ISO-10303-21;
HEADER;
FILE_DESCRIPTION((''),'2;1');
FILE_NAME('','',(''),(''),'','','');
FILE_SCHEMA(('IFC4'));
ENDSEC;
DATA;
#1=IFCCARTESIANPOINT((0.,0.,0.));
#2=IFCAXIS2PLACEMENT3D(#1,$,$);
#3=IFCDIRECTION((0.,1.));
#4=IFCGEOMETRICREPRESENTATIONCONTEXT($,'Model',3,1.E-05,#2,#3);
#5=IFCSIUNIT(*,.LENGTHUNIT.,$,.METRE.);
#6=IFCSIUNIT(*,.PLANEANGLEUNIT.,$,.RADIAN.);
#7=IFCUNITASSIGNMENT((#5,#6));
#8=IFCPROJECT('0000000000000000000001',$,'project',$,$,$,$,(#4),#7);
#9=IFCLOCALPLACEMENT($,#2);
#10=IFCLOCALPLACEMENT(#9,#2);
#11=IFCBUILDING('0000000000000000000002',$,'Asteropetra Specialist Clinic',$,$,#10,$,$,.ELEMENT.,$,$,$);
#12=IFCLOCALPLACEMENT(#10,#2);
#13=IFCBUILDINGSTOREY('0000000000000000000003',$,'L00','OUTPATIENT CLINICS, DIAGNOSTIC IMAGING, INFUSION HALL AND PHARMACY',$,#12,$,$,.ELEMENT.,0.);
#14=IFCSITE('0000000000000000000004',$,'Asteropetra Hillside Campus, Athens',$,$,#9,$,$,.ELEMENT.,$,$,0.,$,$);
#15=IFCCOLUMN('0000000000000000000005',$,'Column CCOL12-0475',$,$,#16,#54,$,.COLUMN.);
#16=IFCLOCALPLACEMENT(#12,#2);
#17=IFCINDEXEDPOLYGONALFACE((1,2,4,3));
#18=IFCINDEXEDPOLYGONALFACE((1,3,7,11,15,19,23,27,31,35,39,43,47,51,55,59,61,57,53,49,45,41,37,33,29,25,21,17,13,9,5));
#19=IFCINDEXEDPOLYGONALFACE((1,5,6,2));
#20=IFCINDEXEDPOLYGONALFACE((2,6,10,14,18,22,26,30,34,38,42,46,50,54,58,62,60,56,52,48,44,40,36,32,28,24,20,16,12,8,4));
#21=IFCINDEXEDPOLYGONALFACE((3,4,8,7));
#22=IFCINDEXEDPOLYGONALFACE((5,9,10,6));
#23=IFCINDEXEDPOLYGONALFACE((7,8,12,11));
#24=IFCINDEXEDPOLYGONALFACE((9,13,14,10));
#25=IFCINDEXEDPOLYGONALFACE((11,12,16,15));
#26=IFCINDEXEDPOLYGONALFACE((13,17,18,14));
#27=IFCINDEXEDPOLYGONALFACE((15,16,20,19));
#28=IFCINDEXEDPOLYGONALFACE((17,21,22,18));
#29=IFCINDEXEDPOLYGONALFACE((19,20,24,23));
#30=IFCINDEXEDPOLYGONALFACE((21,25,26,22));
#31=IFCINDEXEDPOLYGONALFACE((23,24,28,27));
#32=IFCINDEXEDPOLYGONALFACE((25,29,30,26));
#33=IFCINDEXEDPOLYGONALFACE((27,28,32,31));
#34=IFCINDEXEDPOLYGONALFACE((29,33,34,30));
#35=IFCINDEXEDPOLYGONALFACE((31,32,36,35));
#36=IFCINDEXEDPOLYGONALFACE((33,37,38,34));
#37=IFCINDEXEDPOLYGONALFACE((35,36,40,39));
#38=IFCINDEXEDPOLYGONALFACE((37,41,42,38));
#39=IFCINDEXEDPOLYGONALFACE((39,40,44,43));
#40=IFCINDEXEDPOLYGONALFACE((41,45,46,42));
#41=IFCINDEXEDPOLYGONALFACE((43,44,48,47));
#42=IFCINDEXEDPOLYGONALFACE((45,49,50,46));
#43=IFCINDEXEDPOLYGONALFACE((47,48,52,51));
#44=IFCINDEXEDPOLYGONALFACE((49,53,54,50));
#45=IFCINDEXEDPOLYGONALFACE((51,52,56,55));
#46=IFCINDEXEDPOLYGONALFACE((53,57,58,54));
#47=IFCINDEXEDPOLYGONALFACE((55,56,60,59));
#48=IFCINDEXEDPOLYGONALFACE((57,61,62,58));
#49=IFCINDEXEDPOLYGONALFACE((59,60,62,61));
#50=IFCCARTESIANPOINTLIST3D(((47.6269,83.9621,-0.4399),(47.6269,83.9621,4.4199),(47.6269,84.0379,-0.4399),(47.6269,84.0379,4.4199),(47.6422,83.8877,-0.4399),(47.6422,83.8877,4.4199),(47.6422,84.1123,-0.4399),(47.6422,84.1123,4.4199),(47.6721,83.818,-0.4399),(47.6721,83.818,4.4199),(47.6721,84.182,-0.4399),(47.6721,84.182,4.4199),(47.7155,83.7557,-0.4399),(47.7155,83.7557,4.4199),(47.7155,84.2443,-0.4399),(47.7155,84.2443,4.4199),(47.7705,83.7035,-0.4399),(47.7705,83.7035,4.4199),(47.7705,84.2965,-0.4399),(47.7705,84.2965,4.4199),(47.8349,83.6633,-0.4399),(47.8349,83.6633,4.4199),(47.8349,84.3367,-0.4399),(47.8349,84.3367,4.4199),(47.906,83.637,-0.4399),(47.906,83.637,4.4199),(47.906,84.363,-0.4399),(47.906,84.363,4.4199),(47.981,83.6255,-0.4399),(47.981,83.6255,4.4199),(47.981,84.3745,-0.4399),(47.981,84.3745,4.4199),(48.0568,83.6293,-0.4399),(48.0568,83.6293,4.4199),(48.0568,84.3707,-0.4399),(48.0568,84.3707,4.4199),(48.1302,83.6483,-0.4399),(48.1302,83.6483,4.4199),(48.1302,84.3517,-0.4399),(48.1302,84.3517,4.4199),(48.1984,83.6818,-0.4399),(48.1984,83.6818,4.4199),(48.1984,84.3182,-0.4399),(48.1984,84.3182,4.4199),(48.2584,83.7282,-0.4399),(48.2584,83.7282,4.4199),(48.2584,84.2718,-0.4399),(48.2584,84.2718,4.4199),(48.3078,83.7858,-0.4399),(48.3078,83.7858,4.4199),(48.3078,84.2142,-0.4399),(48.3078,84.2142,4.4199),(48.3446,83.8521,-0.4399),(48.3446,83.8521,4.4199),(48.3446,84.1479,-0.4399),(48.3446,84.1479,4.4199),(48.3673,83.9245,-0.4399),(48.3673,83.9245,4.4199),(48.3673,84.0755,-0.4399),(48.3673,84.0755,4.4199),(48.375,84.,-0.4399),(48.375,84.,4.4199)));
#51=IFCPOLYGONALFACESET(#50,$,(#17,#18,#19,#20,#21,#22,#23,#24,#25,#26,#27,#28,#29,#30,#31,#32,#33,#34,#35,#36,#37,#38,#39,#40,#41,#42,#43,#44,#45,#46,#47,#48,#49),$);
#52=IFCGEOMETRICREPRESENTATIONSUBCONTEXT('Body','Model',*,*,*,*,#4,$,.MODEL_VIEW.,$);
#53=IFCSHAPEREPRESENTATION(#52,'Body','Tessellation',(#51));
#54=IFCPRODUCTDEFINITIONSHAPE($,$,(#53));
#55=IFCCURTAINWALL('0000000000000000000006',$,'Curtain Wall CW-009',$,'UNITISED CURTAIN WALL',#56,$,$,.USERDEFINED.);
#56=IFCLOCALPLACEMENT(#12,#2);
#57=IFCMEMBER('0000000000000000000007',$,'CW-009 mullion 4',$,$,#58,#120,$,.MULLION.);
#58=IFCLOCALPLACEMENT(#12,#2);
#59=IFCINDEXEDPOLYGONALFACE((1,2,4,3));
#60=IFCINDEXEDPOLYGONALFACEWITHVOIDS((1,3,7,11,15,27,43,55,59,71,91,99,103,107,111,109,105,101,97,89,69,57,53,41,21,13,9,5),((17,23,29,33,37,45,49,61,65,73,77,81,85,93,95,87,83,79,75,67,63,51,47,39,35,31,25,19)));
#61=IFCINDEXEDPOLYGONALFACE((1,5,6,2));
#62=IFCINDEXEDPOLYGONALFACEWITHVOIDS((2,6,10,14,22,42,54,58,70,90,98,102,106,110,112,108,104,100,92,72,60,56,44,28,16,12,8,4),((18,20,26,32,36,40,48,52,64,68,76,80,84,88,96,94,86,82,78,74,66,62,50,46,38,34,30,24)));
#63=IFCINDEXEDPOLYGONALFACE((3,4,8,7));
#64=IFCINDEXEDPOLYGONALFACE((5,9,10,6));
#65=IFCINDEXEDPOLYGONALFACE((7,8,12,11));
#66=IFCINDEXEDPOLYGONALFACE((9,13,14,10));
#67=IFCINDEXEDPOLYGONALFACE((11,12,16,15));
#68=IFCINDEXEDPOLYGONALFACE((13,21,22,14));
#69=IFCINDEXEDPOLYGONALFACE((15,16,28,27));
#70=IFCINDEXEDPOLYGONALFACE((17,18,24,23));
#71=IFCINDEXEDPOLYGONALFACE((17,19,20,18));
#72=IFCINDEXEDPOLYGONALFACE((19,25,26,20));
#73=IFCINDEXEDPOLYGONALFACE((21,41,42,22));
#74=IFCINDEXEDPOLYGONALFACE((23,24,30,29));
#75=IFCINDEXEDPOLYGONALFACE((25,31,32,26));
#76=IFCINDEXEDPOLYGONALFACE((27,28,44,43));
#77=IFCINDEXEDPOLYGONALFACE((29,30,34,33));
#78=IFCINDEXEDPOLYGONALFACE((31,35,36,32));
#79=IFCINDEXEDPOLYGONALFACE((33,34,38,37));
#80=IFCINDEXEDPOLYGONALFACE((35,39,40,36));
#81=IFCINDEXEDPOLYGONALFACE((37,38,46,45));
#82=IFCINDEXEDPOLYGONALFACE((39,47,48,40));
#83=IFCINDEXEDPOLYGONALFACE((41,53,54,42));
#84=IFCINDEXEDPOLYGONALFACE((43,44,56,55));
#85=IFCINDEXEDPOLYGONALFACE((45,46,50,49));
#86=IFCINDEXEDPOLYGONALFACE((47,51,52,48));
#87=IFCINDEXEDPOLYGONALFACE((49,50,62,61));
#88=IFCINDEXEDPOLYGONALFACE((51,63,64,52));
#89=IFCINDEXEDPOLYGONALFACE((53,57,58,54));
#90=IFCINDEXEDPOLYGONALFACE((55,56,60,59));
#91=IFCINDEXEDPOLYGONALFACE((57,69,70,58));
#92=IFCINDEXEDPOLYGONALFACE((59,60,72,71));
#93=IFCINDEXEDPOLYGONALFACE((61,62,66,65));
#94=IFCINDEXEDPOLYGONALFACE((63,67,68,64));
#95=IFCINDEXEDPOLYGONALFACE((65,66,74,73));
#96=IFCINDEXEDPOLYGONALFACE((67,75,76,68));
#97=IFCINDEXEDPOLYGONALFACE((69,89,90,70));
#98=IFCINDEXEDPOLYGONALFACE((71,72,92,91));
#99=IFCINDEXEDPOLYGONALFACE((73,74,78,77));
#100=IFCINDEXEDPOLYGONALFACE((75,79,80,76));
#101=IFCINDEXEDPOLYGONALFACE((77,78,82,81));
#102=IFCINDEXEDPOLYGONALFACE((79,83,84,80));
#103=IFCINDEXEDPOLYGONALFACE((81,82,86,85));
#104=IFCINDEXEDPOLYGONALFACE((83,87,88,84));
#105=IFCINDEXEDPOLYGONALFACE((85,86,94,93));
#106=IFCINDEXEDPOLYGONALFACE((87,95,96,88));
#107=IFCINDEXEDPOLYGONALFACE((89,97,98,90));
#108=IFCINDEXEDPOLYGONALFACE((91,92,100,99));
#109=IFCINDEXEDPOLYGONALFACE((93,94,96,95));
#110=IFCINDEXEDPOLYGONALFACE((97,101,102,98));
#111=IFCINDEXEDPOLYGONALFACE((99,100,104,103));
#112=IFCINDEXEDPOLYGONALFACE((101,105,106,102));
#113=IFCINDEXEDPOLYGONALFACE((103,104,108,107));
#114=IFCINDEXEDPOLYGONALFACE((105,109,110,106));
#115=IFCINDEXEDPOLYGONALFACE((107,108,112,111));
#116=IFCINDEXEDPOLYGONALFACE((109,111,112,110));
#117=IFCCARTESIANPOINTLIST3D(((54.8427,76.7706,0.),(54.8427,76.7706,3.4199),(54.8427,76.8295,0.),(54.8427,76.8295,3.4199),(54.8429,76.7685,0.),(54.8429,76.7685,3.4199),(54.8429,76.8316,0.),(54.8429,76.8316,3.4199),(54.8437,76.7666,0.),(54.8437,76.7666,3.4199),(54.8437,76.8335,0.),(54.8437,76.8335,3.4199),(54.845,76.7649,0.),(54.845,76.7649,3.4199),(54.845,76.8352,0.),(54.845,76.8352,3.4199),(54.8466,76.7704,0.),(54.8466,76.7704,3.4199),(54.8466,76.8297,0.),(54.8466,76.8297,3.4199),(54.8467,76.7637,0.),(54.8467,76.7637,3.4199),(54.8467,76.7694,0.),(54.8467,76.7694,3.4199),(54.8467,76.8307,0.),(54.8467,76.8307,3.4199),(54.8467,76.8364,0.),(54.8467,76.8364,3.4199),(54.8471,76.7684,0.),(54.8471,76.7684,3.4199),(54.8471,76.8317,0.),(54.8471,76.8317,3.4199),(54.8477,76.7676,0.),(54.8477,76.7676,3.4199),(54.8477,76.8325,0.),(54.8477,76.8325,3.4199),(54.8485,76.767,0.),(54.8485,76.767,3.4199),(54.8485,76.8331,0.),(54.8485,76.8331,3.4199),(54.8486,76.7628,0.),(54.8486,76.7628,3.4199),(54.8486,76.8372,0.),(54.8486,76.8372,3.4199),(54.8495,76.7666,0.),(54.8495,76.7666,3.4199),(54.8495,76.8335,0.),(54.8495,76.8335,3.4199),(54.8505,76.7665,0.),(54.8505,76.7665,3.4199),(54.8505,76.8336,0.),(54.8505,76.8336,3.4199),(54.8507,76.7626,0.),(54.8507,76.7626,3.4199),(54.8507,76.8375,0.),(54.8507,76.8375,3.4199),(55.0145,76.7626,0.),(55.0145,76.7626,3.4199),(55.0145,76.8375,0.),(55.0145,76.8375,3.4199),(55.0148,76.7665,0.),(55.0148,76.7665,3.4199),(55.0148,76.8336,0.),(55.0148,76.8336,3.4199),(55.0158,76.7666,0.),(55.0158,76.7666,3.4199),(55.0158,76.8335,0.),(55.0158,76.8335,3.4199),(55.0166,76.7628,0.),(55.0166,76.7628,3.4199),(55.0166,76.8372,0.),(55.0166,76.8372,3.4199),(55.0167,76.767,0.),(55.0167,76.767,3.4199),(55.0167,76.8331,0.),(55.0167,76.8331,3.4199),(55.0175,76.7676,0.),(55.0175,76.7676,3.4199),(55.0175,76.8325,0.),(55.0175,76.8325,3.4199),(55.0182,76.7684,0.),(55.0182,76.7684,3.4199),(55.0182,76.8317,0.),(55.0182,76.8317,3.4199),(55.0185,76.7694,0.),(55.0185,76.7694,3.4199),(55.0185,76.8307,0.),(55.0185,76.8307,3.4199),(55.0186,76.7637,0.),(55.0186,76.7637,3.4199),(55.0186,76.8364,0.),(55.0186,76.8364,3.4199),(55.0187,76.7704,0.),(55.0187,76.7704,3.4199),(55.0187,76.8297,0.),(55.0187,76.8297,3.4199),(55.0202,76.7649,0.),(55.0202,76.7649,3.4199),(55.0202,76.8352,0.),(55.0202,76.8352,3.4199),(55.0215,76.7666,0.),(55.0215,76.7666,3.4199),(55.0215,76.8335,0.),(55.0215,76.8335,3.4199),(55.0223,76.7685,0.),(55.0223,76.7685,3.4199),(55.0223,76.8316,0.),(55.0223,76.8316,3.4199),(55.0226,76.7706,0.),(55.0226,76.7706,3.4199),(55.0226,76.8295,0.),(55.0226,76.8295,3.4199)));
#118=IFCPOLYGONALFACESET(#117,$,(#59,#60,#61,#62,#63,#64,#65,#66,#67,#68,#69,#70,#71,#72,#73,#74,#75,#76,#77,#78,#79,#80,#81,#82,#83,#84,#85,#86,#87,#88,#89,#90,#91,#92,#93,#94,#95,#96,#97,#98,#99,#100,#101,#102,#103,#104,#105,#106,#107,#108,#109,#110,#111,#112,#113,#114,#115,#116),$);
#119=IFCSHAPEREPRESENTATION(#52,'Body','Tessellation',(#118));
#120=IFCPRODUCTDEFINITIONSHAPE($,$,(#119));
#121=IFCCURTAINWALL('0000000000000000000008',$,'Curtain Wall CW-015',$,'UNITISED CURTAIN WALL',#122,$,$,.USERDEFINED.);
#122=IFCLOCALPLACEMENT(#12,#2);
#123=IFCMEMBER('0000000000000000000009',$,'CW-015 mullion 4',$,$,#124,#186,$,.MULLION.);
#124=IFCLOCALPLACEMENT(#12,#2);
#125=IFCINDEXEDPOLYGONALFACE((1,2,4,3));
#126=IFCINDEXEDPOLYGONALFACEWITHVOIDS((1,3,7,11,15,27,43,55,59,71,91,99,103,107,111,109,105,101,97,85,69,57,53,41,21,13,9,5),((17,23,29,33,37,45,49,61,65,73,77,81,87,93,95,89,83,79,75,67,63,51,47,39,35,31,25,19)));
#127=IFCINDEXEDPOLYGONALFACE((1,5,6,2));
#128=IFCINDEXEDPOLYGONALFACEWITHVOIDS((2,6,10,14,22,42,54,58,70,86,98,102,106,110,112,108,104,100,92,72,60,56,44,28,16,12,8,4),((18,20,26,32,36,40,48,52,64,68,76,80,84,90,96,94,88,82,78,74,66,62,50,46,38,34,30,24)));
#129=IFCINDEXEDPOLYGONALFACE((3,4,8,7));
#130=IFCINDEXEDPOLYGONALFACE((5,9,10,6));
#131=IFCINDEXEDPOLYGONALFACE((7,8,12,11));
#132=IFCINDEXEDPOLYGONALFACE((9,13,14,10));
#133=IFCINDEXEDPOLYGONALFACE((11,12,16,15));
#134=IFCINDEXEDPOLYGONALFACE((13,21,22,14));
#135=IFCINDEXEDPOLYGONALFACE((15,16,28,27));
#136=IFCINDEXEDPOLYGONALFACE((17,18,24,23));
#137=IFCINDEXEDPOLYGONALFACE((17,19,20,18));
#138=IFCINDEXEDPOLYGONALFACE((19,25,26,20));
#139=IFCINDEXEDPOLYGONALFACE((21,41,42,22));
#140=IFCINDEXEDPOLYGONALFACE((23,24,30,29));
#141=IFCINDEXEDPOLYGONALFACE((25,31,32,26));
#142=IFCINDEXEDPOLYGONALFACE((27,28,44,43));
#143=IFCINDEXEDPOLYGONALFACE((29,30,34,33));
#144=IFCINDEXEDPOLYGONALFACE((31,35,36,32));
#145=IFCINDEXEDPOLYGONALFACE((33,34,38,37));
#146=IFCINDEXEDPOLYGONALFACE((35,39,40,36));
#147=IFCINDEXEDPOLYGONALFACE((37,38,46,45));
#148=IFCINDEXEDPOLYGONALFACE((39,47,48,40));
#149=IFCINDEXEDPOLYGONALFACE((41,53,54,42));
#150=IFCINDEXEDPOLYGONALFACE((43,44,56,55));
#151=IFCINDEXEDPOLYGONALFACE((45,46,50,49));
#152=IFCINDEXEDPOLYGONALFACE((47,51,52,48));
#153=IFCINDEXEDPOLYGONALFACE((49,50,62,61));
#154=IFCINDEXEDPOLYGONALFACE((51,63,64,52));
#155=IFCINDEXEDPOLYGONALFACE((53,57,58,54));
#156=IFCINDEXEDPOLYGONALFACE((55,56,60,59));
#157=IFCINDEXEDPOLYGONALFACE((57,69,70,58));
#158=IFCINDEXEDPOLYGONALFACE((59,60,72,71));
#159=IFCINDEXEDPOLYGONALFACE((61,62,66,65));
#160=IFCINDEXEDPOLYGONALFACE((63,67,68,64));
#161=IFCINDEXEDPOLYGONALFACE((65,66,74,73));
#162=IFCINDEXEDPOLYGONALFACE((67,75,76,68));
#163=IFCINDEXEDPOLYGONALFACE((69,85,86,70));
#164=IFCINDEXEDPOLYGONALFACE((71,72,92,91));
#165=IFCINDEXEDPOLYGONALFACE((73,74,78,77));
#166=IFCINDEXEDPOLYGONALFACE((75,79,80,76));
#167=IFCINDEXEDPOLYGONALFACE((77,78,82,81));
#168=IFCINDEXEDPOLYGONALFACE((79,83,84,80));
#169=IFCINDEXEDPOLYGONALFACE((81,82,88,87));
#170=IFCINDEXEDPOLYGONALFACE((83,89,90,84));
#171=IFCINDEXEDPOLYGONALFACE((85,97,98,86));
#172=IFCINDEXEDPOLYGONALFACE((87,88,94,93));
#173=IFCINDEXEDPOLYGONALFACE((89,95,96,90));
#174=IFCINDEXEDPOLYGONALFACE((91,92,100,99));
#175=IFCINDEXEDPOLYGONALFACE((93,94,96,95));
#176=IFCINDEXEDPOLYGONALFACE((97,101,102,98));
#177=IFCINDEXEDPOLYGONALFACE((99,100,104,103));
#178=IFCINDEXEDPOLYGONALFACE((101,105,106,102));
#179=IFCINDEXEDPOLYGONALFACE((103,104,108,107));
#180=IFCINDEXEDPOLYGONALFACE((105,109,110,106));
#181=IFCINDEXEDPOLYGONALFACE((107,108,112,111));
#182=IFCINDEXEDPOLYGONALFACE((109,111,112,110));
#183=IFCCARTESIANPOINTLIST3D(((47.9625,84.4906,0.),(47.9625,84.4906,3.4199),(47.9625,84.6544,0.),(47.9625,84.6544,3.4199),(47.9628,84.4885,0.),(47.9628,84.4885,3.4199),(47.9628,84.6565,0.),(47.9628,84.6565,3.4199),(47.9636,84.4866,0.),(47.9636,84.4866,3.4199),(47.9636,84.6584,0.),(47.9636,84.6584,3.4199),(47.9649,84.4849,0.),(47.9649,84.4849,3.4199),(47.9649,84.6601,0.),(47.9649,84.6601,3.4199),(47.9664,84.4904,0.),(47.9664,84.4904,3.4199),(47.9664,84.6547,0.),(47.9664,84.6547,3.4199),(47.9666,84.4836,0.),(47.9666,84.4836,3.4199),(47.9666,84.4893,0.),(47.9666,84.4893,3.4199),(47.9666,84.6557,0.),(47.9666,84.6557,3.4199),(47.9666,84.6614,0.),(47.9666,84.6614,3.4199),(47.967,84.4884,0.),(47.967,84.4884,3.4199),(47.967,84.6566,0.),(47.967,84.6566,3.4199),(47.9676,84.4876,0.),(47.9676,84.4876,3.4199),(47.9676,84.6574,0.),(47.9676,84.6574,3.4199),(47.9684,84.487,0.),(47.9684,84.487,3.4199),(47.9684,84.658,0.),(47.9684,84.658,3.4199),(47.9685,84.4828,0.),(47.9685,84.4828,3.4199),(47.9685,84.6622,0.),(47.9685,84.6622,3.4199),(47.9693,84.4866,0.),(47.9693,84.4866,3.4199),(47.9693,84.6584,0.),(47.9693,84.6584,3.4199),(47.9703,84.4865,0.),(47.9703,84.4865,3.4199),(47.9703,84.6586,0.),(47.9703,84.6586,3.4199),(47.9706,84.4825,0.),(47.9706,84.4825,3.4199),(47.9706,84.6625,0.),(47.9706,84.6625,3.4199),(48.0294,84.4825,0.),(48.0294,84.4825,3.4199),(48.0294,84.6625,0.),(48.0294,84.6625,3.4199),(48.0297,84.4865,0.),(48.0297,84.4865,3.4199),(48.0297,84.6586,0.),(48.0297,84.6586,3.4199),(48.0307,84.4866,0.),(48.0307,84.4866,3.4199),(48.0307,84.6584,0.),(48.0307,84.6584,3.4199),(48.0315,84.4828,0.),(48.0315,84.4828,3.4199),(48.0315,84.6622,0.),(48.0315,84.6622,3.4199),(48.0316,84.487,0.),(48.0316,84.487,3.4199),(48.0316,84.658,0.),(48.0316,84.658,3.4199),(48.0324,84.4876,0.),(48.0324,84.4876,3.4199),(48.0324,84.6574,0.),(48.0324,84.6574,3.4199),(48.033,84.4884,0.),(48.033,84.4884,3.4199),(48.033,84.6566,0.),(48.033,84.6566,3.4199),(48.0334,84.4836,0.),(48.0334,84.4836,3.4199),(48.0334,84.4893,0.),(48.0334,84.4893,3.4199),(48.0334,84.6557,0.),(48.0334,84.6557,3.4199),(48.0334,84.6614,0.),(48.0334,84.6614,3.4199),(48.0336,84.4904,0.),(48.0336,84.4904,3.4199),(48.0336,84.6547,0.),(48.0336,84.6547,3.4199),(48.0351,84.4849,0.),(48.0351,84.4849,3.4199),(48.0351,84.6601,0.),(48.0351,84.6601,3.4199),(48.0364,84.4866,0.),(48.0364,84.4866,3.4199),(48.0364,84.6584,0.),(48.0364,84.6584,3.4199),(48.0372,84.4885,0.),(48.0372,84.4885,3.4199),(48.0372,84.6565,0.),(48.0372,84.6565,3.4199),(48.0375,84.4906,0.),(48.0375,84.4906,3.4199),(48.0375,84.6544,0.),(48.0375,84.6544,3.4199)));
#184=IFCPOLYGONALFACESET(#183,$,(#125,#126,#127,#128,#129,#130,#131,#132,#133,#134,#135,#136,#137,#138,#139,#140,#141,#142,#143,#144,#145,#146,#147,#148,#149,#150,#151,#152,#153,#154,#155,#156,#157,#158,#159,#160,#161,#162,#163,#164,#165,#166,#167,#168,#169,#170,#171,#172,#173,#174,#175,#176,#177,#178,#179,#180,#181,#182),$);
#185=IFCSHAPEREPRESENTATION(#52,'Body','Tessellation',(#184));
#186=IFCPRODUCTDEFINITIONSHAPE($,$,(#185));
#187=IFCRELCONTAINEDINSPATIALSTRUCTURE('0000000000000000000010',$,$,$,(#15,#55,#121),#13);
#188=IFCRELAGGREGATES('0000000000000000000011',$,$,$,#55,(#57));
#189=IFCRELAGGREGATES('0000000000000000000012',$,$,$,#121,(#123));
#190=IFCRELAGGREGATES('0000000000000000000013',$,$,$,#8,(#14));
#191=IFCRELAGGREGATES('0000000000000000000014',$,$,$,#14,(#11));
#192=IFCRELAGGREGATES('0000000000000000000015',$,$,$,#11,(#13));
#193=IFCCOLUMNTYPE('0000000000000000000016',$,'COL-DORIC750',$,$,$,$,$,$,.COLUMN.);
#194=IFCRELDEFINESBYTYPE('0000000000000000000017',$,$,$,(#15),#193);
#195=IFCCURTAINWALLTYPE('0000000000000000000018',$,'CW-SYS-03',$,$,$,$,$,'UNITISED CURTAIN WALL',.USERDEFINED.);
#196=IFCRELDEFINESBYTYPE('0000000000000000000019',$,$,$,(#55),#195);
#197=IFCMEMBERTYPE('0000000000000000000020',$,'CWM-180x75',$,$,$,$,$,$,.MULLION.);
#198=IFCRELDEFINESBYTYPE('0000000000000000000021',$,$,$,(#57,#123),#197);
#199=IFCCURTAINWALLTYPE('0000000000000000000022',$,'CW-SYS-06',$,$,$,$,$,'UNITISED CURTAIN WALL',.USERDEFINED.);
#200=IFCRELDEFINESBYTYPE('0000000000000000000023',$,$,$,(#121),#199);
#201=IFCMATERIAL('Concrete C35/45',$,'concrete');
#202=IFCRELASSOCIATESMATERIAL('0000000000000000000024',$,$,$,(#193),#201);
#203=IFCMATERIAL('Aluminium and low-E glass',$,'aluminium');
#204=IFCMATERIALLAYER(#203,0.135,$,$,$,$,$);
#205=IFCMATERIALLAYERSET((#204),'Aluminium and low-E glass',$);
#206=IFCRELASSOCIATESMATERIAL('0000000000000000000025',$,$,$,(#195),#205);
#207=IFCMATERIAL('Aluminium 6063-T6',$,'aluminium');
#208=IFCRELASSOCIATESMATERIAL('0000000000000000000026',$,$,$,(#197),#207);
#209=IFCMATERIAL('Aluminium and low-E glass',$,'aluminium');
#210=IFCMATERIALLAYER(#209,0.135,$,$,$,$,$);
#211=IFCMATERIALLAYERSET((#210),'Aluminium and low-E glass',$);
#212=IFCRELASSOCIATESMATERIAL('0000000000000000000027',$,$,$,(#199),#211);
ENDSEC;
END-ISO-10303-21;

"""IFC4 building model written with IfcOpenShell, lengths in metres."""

from ifc_helpers import new_model, si_unit, direction, frame, origin, origin_2d, place, context, subcontext, project, spatial, hollow_rectangle, circle, extrude, material, layer, layer_set, material_profile, profile_set, type_object, element, aggregate, save


model = new_model("IFC4")

# Units and contexts
model_context = context("Model", 3, precision=1e-05, world=origin(), true_north=direction((0.0, 1.0)))
body_context = subcontext(model_context, "Body", "Model", "MODEL_VIEW")
ifc_project = project(units=[si_unit("LENGTHUNIT", "METRE"), si_unit("PLANEANGLEUNIT", "RADIAN")], contexts=[model_context])

# Site, building, storey
site_placement = place(None, origin())
site = spatial("IfcSite", under=ifc_project, at=site_placement, Name="Asteropetra Hillside Campus, Athens", CompositionType="ELEMENT", RefElevation=0.0)
building_placement = place(site_placement, origin())
building = spatial("IfcBuilding", under=site, at=building_placement, Name="Asteropetra Specialist Clinic", CompositionType="ELEMENT")
storey_placement = place(building_placement, origin())
storey = spatial("IfcBuildingStorey", under=building, at=storey_placement, Name="L00", Description="OUTPATIENT CLINICS, DIAGNOSTIC IMAGING, INFUSION HALL AND PHARMACY", CompositionType="ELEMENT", Elevation=0.0)

# Column
ifc_material_1 = material(Name="Concrete C35/45", Category="concrete")
ifc_material_profile_1 = material_profile(ifc_material_1, circle(Radius=0.375, at=origin_2d()), Name="RCC D750")
ifc_profile_set_1 = profile_set([ifc_material_profile_1], Name="Concrete C35/45")
column_type = type_object("IfcColumnType", Name="COL-DORIC750", PredefinedType="COLUMN", material=ifc_profile_set_1)
column_placement = place(storey_placement, frame((48.0, 84.0, -0.4399), z_axis=(0.0, 0.0, 1.0), x_axis=(1.0, 0.0, 0.0)))
element("IfcColumn", 1, at=column_placement, inside=storey, type_object=column_type, Name="Column CCOL12-0475", PredefinedType="COLUMN", context=body_context, shape_type="SweptSolid", body=[
    extrude(circle(Radius=0.375, at=origin_2d()), origin(), (0.0, 0.0, 1.0), 4.8599),
])

# Curtain walls, members
ifc_material_2 = material(Name="Aluminium and low-E glass", Category="aluminium")
ifc_layer_1 = layer(ifc_material_2, 0.135)
ifc_layer_set_1 = layer_set([ifc_layer_1], Name="Aluminium and low-E glass")
curtain_wall_type_1 = type_object("IfcCurtainWallType", Name="CW-SYS-03", ElementType="UNITISED CURTAIN WALL", PredefinedType="USERDEFINED", material=ifc_layer_set_1)
curtain_wall_1_placement = place(storey_placement, origin())
curtain_wall_1 = element("IfcCurtainWall", 2, at=curtain_wall_1_placement, inside=storey, type_object=curtain_wall_type_1, Name="Curtain Wall CW-009", ObjectType="UNITISED CURTAIN WALL", PredefinedType="USERDEFINED")
ifc_material_3 = material(Name="Aluminium 6063-T6", Category="aluminium")
ifc_material_profile_2 = material_profile(ifc_material_3, hollow_rectangle(XDim=0.075, YDim=0.1799, WallThickness=0.0039, InnerFilletRadius=0.0039, OuterFilletRadius=0.0081, at=origin_2d()), Name="MUL 180x75x4.0")
ifc_profile_set_2 = profile_set([ifc_material_profile_2], Name="Aluminium 6063-T6")
member_type_1 = type_object("IfcMemberType", Name="CWM-180x75", PredefinedType="MULLION", material=ifc_profile_set_2)
member_1_placement = place(storey_placement, frame((54.9326, 76.8, 0.0), z_axis=(0.0, 0.0, 1.0), x_axis=(0.0, 1.0, 0.0)))
member_1 = element("IfcMember", 3, at=member_1_placement, type_object=member_type_1, Name="CW-009 mullion 4", PredefinedType="MULLION", context=body_context, shape_type="SweptSolid", body=[
    extrude(hollow_rectangle(XDim=0.075, YDim=0.1799, WallThickness=0.0039, InnerFilletRadius=0.0039, OuterFilletRadius=0.0081, at=origin_2d()), origin(), (0.0, 0.0, 1.0), 3.4199),
])
ifc_material_4 = material(Name="Aluminium and low-E glass", Category="aluminium")
ifc_layer_2 = layer(ifc_material_4, 0.135)
ifc_layer_set_2 = layer_set([ifc_layer_2], Name="Aluminium and low-E glass")
curtain_wall_type_2 = type_object("IfcCurtainWallType", Name="CW-SYS-06", ElementType="UNITISED CURTAIN WALL", PredefinedType="USERDEFINED", material=ifc_layer_set_2)
curtain_wall_2_placement = place(storey_placement, origin())
curtain_wall_2 = element("IfcCurtainWall", 4, at=curtain_wall_2_placement, inside=storey, type_object=curtain_wall_type_2, Name="Curtain Wall CW-015", ObjectType="UNITISED CURTAIN WALL", PredefinedType="USERDEFINED")
member_2_placement = place(storey_placement, frame((48.0, 84.5725, 0.0), z_axis=(0.0, 0.0, 1.0), x_axis=(1.0, 0.0, 0.0)))
member_2 = element("IfcMember", 5, at=member_2_placement, type_object=member_type_1, Name="CW-015 mullion 4", PredefinedType="MULLION", context=body_context, shape_type="SweptSolid", body=[
    extrude(hollow_rectangle(XDim=0.075, YDim=0.1799, WallThickness=0.0039, InnerFilletRadius=0.0039, OuterFilletRadius=0.0081, at=origin_2d()), origin(), (0.0, 0.0, 1.0), 3.4199),
])

aggregate(curtain_wall_1, [member_1])
aggregate(curtain_wall_2, [member_2])

save(model, "model.ifc")
